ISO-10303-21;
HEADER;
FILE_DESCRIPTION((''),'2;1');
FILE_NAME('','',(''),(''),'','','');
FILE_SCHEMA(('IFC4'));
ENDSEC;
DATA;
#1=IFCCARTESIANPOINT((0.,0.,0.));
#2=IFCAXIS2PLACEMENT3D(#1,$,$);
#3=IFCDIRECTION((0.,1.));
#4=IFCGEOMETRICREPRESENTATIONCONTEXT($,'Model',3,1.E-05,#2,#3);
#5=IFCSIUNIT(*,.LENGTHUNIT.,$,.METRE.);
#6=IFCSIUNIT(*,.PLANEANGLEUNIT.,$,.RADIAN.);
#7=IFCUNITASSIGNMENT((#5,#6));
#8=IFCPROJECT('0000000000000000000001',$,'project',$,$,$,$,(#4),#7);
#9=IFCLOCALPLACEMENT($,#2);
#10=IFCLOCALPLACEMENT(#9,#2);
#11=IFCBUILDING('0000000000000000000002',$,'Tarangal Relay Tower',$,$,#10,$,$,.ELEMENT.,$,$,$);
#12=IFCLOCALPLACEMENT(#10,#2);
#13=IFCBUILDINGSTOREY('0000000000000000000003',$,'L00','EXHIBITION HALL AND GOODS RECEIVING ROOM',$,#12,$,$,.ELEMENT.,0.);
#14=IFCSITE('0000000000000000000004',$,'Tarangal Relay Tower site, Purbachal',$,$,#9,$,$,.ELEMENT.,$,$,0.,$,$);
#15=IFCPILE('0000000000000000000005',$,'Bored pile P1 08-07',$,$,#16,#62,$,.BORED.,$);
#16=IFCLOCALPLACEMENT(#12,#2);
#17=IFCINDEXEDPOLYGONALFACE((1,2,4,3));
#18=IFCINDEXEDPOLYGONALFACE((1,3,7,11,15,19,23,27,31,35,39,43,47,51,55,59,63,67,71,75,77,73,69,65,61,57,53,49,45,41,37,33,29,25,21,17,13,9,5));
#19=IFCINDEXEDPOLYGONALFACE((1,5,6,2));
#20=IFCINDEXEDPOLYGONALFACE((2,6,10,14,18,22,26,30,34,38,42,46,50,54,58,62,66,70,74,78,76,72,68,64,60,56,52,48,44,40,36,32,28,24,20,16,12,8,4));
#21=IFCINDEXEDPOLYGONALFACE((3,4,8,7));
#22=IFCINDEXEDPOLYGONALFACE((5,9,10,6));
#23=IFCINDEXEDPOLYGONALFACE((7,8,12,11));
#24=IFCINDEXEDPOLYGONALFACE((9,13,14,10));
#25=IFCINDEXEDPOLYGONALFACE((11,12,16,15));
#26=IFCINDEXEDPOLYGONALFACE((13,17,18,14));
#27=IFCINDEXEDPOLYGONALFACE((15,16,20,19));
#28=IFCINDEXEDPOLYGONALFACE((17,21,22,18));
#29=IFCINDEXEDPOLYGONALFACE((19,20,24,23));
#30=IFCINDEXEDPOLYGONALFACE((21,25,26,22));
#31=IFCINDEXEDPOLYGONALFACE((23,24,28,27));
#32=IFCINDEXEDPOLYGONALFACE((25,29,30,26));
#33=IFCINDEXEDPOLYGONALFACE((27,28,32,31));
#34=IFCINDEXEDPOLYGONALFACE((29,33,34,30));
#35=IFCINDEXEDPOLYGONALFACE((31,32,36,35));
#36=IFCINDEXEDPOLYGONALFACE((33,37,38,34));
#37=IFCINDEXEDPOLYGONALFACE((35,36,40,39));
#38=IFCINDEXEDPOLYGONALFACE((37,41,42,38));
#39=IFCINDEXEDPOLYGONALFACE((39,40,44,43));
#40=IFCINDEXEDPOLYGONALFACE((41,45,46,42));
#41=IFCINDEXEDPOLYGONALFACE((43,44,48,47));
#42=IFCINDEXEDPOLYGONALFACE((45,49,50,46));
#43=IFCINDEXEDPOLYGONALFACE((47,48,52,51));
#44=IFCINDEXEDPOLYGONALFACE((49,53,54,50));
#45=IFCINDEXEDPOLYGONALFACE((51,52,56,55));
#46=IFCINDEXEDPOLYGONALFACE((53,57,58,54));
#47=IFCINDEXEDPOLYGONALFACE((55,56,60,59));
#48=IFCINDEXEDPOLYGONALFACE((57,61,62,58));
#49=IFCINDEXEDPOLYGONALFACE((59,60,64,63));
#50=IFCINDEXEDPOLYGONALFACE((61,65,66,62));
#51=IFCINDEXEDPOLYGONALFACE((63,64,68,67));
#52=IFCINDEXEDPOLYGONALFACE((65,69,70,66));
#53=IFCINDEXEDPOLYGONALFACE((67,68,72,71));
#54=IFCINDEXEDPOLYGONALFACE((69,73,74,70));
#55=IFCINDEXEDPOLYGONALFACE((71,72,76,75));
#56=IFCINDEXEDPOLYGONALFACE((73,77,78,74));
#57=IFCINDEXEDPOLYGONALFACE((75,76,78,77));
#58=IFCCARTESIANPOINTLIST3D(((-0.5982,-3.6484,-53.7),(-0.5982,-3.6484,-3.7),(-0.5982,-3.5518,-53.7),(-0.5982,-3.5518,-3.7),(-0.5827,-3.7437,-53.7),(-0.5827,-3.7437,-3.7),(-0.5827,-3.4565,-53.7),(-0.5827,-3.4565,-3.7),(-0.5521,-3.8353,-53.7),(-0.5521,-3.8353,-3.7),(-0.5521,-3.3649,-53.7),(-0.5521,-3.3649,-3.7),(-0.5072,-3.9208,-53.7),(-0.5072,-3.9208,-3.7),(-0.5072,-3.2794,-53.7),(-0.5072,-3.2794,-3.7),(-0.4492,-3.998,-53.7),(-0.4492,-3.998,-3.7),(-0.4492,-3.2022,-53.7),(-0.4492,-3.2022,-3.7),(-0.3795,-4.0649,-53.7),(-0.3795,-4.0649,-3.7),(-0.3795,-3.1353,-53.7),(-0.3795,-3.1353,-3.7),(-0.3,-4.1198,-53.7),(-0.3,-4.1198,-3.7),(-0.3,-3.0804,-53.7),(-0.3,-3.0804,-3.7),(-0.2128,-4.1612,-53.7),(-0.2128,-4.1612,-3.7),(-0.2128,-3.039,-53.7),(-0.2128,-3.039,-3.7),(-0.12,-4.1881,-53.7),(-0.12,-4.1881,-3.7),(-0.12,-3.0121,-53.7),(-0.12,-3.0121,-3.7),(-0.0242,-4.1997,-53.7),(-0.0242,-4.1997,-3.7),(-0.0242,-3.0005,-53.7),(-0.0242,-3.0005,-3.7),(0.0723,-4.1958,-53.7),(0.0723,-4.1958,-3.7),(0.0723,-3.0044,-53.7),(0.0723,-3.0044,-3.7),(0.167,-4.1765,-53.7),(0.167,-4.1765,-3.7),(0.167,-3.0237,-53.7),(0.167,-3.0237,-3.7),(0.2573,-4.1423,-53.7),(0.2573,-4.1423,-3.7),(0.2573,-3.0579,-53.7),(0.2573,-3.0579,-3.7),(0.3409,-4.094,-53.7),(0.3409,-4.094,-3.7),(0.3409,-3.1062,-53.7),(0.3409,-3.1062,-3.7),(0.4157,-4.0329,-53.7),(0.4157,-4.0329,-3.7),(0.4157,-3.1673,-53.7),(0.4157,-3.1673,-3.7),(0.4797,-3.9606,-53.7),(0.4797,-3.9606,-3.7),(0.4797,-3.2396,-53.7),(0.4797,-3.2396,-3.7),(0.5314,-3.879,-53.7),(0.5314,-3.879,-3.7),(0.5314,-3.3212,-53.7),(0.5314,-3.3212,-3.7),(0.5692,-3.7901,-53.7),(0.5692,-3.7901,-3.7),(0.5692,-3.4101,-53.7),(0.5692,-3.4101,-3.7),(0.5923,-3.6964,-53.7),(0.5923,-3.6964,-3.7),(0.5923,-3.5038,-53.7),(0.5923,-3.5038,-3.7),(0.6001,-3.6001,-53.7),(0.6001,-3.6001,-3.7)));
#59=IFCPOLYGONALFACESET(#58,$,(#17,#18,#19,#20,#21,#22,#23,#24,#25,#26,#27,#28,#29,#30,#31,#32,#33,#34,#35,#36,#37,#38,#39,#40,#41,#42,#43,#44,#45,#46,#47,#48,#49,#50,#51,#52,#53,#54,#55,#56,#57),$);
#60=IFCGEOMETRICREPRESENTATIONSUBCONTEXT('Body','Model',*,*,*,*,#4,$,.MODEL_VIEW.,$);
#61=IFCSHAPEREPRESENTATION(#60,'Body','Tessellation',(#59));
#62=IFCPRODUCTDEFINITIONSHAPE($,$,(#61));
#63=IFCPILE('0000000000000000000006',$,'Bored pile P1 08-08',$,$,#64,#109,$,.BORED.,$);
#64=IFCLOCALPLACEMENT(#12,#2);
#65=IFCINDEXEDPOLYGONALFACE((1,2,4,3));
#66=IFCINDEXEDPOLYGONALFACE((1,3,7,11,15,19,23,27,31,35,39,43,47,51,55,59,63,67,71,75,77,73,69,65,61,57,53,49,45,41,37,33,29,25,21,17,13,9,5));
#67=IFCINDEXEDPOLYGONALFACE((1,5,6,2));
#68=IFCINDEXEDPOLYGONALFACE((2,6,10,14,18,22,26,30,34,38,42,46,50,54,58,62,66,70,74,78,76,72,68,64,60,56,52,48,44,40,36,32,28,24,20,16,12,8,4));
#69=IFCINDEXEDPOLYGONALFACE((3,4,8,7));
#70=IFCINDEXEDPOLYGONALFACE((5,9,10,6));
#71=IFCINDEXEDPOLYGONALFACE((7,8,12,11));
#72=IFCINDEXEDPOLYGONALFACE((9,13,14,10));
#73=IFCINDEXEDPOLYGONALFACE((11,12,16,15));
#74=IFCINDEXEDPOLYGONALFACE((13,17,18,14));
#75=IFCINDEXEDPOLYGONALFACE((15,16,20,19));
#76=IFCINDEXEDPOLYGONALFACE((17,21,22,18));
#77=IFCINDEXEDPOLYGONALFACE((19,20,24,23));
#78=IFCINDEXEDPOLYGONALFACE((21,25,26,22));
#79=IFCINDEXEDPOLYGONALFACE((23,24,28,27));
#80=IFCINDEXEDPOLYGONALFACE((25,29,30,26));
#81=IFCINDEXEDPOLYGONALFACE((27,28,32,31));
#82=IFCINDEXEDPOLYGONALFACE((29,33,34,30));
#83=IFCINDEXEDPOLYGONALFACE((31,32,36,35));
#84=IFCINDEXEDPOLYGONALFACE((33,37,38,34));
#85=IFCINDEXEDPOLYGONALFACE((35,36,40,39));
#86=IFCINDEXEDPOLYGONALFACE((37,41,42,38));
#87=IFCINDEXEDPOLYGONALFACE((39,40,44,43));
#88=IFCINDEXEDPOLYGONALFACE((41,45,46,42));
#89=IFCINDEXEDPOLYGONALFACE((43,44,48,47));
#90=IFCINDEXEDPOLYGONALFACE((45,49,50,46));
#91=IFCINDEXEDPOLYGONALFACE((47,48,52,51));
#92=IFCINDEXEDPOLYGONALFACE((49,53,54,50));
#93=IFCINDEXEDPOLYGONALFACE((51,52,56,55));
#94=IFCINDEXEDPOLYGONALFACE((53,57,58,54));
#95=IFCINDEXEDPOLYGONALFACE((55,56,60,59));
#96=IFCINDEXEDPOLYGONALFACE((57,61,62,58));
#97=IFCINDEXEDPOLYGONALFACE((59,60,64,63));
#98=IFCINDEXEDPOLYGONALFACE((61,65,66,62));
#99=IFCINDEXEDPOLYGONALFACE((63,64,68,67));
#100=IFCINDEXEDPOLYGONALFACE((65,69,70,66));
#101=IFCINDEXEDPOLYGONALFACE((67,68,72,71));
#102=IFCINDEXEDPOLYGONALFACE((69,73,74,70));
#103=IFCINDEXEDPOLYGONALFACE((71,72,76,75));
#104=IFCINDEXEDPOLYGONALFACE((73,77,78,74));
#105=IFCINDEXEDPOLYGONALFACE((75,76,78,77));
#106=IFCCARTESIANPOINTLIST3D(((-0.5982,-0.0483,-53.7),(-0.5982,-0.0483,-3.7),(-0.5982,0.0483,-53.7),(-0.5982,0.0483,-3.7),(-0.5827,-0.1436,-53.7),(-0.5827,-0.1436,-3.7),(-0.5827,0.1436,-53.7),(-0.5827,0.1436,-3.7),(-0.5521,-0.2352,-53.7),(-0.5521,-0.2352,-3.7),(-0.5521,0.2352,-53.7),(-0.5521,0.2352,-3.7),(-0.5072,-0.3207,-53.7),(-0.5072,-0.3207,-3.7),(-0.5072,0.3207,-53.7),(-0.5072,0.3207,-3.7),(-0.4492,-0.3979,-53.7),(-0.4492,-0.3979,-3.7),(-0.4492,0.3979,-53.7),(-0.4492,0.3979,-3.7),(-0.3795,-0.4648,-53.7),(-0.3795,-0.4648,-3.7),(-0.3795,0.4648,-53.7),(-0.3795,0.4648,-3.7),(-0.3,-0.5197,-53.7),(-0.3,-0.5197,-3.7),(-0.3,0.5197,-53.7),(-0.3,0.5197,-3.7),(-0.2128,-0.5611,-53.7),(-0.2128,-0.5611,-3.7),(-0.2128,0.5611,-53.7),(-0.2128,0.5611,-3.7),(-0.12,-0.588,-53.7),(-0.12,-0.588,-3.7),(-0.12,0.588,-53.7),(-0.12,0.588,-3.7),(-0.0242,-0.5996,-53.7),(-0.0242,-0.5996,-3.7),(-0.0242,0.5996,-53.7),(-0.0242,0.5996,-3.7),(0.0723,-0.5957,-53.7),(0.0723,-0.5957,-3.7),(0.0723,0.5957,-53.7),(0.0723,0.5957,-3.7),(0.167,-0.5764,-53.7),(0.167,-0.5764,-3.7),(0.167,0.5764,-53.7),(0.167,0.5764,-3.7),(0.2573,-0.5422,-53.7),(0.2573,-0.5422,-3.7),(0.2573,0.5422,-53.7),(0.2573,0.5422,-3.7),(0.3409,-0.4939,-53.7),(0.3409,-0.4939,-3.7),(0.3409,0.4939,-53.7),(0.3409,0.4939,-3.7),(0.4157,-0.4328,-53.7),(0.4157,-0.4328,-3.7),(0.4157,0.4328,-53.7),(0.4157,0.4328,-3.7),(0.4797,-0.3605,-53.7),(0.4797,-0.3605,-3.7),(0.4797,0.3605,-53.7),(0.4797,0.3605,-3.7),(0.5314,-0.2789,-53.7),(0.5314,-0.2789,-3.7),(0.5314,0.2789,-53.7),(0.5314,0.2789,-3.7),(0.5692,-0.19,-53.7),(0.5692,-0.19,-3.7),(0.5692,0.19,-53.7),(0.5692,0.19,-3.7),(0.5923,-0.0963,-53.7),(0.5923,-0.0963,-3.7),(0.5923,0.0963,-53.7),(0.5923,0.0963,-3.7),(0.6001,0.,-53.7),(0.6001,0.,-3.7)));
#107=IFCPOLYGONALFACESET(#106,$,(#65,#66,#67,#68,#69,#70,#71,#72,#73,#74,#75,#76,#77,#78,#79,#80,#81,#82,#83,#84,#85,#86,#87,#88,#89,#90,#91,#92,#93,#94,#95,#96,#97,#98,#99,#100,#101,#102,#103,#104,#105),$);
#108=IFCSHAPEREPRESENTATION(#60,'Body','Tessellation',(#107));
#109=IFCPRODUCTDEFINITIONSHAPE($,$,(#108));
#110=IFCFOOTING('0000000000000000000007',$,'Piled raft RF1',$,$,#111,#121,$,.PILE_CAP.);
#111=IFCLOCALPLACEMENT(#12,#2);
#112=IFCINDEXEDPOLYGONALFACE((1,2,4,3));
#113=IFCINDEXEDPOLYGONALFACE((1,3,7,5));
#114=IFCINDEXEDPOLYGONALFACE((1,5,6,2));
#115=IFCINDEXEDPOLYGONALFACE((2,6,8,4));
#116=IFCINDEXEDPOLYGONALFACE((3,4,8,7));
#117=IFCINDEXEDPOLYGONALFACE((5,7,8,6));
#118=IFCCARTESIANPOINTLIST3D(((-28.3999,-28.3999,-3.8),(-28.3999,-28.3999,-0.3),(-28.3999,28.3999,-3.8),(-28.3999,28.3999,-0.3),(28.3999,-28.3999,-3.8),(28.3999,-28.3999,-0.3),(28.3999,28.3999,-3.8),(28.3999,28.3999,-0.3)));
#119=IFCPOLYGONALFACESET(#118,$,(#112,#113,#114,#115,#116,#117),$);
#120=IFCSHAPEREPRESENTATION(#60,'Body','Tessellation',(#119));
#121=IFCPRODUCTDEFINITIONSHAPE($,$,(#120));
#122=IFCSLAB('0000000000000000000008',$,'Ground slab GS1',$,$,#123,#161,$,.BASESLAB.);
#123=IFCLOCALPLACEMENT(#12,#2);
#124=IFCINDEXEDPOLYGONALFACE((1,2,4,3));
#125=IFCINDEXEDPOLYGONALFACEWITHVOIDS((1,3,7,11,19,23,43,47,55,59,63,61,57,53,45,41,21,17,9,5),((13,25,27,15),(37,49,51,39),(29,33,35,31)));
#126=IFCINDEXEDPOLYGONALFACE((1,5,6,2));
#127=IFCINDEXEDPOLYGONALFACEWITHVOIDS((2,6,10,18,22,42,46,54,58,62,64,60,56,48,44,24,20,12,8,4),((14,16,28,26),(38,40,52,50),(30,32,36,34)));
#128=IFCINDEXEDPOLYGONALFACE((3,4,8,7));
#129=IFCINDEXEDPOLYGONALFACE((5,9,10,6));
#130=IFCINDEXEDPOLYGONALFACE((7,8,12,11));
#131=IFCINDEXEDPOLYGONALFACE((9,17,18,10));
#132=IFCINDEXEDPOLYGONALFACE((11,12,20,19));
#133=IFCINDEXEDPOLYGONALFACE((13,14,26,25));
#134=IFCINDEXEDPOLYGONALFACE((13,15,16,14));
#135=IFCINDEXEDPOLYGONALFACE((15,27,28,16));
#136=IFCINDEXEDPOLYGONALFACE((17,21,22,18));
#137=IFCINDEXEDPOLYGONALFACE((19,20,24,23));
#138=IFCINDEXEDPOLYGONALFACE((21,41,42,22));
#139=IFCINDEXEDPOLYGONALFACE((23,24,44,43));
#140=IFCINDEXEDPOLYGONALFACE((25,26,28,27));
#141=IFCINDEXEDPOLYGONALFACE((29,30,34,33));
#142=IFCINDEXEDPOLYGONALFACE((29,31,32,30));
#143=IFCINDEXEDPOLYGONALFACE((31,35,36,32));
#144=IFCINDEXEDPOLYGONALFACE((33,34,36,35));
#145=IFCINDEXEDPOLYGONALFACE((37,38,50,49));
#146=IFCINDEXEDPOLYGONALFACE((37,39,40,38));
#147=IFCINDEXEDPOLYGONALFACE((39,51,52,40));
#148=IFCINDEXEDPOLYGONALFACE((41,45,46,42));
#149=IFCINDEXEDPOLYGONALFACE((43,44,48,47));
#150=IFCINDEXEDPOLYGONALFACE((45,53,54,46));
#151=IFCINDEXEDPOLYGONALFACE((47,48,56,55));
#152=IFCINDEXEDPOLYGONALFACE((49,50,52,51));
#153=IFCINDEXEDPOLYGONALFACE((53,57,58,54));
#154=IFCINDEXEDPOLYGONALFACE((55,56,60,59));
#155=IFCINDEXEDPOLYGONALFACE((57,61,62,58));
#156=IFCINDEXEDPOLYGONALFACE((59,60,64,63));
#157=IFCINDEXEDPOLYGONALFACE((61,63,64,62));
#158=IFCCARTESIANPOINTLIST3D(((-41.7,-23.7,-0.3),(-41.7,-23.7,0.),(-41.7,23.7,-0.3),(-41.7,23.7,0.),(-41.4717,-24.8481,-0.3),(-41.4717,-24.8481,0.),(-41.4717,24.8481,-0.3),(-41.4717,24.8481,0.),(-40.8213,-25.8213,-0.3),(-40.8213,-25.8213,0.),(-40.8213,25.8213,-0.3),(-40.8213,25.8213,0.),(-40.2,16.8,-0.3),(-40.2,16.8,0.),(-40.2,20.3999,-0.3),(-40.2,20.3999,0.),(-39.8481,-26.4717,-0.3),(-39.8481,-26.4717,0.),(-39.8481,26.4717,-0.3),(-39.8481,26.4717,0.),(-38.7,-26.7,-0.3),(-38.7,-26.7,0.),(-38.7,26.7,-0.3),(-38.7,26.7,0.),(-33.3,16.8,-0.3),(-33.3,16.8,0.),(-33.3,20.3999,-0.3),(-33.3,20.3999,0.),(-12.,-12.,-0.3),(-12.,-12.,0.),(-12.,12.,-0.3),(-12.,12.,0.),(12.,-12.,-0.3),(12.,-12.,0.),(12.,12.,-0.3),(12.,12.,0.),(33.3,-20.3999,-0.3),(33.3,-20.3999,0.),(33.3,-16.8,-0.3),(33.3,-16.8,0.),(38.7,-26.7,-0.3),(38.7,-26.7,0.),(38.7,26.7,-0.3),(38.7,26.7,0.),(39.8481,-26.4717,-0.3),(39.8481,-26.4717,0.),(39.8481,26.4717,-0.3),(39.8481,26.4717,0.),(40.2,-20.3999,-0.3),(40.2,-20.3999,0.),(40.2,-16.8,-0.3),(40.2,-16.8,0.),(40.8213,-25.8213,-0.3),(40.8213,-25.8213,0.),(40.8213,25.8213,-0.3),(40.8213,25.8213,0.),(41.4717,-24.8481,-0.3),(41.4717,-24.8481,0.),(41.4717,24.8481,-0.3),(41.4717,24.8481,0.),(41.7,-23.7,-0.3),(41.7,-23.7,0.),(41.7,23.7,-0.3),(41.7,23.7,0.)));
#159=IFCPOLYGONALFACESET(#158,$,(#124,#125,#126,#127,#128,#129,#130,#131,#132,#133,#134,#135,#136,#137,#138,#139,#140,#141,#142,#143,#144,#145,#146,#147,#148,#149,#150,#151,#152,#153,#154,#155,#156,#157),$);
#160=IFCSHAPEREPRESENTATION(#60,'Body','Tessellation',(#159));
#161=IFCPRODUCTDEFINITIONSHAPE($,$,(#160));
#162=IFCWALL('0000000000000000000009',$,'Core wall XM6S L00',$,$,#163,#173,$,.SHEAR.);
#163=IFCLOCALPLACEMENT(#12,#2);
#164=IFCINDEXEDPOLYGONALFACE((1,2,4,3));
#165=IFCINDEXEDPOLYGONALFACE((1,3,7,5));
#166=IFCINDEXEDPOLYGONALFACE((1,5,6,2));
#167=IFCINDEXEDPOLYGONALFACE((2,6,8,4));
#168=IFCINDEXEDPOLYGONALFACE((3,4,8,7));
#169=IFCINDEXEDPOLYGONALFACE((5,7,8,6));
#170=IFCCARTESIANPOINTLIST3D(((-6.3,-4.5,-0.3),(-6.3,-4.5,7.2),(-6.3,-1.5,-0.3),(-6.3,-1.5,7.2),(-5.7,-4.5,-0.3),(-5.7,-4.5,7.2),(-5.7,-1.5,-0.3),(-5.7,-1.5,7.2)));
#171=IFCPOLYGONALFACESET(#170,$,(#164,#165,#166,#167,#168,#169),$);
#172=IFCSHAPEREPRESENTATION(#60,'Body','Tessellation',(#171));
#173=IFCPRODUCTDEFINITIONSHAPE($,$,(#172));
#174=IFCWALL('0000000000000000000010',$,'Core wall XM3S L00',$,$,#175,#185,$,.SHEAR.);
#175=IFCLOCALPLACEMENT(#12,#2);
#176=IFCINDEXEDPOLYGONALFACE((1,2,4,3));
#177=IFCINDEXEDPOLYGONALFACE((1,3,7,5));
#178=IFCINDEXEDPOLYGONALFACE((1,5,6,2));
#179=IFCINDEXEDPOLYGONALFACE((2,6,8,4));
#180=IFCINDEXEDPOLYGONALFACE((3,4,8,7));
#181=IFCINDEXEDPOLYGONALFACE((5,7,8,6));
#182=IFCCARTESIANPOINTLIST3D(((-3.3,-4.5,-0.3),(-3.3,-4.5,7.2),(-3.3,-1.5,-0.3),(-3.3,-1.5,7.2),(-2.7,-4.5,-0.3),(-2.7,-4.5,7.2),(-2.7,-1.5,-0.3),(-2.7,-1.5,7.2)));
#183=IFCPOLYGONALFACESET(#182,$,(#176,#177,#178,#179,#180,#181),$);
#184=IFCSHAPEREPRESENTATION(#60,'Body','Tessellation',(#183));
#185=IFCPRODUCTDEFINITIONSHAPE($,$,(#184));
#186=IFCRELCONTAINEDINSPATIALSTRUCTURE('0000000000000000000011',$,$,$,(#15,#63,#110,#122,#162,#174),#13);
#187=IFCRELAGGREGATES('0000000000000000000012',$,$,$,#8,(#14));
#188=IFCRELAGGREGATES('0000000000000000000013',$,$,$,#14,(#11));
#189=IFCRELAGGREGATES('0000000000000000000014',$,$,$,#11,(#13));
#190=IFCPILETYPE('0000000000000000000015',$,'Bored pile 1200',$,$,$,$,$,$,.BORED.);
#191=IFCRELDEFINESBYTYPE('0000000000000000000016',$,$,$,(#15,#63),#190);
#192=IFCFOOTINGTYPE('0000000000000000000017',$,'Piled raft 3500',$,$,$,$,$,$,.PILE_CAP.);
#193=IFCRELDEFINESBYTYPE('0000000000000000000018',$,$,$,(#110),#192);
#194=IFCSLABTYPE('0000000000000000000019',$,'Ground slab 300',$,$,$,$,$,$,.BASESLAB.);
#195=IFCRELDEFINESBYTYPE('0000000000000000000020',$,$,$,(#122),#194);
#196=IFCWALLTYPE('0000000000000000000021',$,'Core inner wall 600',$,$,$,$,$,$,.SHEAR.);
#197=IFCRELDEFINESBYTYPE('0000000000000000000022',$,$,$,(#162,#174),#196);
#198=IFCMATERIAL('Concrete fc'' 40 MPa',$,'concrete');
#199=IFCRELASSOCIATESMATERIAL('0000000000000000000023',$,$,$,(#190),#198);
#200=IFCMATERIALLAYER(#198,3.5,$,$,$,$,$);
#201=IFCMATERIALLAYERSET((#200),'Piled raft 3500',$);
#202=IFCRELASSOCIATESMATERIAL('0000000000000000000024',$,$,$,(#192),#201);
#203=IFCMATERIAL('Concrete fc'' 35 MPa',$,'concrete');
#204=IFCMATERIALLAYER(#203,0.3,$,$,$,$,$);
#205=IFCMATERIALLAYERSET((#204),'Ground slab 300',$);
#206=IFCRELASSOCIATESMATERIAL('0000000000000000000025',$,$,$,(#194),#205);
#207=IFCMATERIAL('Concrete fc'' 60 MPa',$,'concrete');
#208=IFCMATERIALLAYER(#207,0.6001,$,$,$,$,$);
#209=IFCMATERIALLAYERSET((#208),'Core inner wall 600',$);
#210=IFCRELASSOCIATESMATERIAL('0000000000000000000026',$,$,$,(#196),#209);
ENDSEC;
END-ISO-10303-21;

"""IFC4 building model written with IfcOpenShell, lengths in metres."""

from ifc_helpers import new_model, si_unit, direction, frame, frame_2d, origin, origin_2d, place, context, subcontext, project, spatial, polyline, rectangle, circle, outline, extrude, material, layer, layer_set, material_profile, profile_set, type_object, element, save


model = new_model("IFC4")

# Units and contexts
model_context = context("Model", 3, precision=1e-05, world=origin(), true_north=direction((0.0, 1.0)))
body_context = subcontext(model_context, "Body", "Model", "MODEL_VIEW")
ifc_project = project(units=[si_unit("LENGTHUNIT", "METRE"), si_unit("PLANEANGLEUNIT", "RADIAN")], contexts=[model_context])

# Site, building, storey
site_placement = place(None, origin())
site = spatial("IfcSite", under=ifc_project, at=site_placement, Name="Tarangal Relay Tower site, Purbachal", CompositionType="ELEMENT", RefElevation=0.0)
building_placement = place(site_placement, origin())
building = spatial("IfcBuilding", under=site, at=building_placement, Name="Tarangal Relay Tower", CompositionType="ELEMENT")
storey_placement = place(building_placement, origin())
storey = spatial("IfcBuildingStorey", under=building, at=storey_placement, Name="L00", Description="EXHIBITION HALL AND GOODS RECEIVING ROOM", CompositionType="ELEMENT", Elevation=0.0)

# Piles
ifc_material_1 = material(Name="Concrete fc' 40 MPa", Category="concrete")
ifc_material_profile = material_profile(ifc_material_1, circle(Radius=0.6001, at=origin_2d()), Name="D1200")
ifc_profile_set = profile_set([ifc_material_profile], Name="Concrete fc' 40 MPa")
pile_type = type_object("IfcPileType", Name="Bored pile 1200", PredefinedType="BORED", material=ifc_profile_set)
for number, where, z_axis, x_axis, name in (
    (1, (0.0, -3.6001, -3.7), (0.0, 0.0, -1.0), (1.0, 0.0, 0.0), "Bored pile P1 08-07"),
    (2, (0.0, 0.0, -3.7), (0.0, 0.0, -1.0), (1.0, 0.0, 0.0), "Bored pile P1 08-08"),
):
    element("IfcPile", number, at=place(storey_placement, frame(where, z_axis=z_axis, x_axis=x_axis)), inside=storey, type_object=pile_type, Name=name, PredefinedType="BORED", context=body_context, shape_type="SweptSolid", body=[
        extrude(circle(Radius=0.6001, at=origin_2d()), origin(), (0.0, 0.0, 1.0), 50.0),
    ])

# Footing
ifc_layer_1 = layer(ifc_material_1, 3.5)
ifc_layer_set_1 = layer_set([ifc_layer_1], Name="Piled raft 3500")
footing_type = type_object("IfcFootingType", Name="Piled raft 3500", PredefinedType="PILE_CAP", material=ifc_layer_set_1)
footing_placement = place(storey_placement, frame((0.0, 0.0, -3.8)))
element("IfcFooting", 3, at=footing_placement, inside=storey, type_object=footing_type, Name="Piled raft RF1", PredefinedType="PILE_CAP", context=body_context, shape_type="SweptSolid", body=[
    extrude(outline(polyline([(-28.3999, -28.3999), (28.3999, -28.3999), (28.3999, 28.3999), (-28.3999, 28.3999), (-28.3999, -28.3999)])), origin(), (0.0, 0.0, 1.0), 3.5),
])

# Slab
ifc_material_2 = material(Name="Concrete fc' 35 MPa", Category="concrete")
ifc_layer_2 = layer(ifc_material_2, 0.3)
ifc_layer_set_2 = layer_set([ifc_layer_2], Name="Ground slab 300")
slab_type = type_object("IfcSlabType", Name="Ground slab 300", PredefinedType="BASESLAB", material=ifc_layer_set_2)
slab_placement = place(storey_placement, frame((0.0, 0.0, -0.3)))
element("IfcSlab", 4, at=slab_placement, inside=storey, type_object=slab_type, Name="Ground slab GS1", PredefinedType="BASESLAB", context=body_context, shape_type="SweptSolid", body=[
    extrude(outline(polyline([(41.7, 23.7), (41.4717, 24.8481), (40.8213, 25.8213), (39.8481, 26.4717), (38.7, 26.7), (-38.7, 26.7), (-39.8481, 26.4717), (-40.8213, 25.8213), (-41.4717, 24.8481), (-41.7, 23.7), (-41.7, -23.7), (-41.4717, -24.8481), (-40.8213, -25.8213), (-39.8481, -26.4717), (-38.7, -26.7), (38.7, -26.7), (39.8481, -26.4717), (40.8213, -25.8213), (41.4717, -24.8481), (41.7, -23.7), (41.7, 23.7)]), holes=[polyline([(-12.0, -12.0), (12.0, -12.0), (12.0, 12.0), (-12.0, 12.0), (-12.0, -12.0)]), polyline([(-40.2, 16.8), (-33.3, 16.8), (-33.3, 20.3999), (-40.2, 20.3999), (-40.2, 16.8)]), polyline([(33.3, -20.3999), (40.2, -20.3999), (40.2, -16.8), (33.3, -16.8), (33.3, -20.3999)])]), origin(), (0.0, 0.0, 1.0), 0.3),
])

# Walls
ifc_material_3 = material(Name="Concrete fc' 60 MPa", Category="concrete")
ifc_layer_3 = layer(ifc_material_3, 0.6001)
ifc_layer_set_3 = layer_set([ifc_layer_3], Name="Core inner wall 600")
wall_type = type_object("IfcWallType", Name="Core inner wall 600", PredefinedType="SHEAR", material=ifc_layer_set_3)
for number, where, z_axis, x_axis, name in (
    (5, (-6.0, -4.5, -0.3), (0.0, 0.0, 1.0), (0.0, 1.0, 0.0), "Core wall XM6S L00"),
    (6, (-3.0, -4.5, -0.3), (0.0, 0.0, 1.0), (0.0, 1.0, 0.0), "Core wall XM3S L00"),
):
    element("IfcWall", number, at=place(storey_placement, frame(where, z_axis=z_axis, x_axis=x_axis)), inside=storey, type_object=wall_type, Name=name, PredefinedType="SHEAR", context=body_context, shape_type="SweptSolid", body=[
        extrude(rectangle(XDim=3.0, YDim=0.6001, at=frame_2d((1.5, 0.0))), origin(), (0.0, 0.0, 1.0), 7.5),
    ])

save(model, "model.ifc")
